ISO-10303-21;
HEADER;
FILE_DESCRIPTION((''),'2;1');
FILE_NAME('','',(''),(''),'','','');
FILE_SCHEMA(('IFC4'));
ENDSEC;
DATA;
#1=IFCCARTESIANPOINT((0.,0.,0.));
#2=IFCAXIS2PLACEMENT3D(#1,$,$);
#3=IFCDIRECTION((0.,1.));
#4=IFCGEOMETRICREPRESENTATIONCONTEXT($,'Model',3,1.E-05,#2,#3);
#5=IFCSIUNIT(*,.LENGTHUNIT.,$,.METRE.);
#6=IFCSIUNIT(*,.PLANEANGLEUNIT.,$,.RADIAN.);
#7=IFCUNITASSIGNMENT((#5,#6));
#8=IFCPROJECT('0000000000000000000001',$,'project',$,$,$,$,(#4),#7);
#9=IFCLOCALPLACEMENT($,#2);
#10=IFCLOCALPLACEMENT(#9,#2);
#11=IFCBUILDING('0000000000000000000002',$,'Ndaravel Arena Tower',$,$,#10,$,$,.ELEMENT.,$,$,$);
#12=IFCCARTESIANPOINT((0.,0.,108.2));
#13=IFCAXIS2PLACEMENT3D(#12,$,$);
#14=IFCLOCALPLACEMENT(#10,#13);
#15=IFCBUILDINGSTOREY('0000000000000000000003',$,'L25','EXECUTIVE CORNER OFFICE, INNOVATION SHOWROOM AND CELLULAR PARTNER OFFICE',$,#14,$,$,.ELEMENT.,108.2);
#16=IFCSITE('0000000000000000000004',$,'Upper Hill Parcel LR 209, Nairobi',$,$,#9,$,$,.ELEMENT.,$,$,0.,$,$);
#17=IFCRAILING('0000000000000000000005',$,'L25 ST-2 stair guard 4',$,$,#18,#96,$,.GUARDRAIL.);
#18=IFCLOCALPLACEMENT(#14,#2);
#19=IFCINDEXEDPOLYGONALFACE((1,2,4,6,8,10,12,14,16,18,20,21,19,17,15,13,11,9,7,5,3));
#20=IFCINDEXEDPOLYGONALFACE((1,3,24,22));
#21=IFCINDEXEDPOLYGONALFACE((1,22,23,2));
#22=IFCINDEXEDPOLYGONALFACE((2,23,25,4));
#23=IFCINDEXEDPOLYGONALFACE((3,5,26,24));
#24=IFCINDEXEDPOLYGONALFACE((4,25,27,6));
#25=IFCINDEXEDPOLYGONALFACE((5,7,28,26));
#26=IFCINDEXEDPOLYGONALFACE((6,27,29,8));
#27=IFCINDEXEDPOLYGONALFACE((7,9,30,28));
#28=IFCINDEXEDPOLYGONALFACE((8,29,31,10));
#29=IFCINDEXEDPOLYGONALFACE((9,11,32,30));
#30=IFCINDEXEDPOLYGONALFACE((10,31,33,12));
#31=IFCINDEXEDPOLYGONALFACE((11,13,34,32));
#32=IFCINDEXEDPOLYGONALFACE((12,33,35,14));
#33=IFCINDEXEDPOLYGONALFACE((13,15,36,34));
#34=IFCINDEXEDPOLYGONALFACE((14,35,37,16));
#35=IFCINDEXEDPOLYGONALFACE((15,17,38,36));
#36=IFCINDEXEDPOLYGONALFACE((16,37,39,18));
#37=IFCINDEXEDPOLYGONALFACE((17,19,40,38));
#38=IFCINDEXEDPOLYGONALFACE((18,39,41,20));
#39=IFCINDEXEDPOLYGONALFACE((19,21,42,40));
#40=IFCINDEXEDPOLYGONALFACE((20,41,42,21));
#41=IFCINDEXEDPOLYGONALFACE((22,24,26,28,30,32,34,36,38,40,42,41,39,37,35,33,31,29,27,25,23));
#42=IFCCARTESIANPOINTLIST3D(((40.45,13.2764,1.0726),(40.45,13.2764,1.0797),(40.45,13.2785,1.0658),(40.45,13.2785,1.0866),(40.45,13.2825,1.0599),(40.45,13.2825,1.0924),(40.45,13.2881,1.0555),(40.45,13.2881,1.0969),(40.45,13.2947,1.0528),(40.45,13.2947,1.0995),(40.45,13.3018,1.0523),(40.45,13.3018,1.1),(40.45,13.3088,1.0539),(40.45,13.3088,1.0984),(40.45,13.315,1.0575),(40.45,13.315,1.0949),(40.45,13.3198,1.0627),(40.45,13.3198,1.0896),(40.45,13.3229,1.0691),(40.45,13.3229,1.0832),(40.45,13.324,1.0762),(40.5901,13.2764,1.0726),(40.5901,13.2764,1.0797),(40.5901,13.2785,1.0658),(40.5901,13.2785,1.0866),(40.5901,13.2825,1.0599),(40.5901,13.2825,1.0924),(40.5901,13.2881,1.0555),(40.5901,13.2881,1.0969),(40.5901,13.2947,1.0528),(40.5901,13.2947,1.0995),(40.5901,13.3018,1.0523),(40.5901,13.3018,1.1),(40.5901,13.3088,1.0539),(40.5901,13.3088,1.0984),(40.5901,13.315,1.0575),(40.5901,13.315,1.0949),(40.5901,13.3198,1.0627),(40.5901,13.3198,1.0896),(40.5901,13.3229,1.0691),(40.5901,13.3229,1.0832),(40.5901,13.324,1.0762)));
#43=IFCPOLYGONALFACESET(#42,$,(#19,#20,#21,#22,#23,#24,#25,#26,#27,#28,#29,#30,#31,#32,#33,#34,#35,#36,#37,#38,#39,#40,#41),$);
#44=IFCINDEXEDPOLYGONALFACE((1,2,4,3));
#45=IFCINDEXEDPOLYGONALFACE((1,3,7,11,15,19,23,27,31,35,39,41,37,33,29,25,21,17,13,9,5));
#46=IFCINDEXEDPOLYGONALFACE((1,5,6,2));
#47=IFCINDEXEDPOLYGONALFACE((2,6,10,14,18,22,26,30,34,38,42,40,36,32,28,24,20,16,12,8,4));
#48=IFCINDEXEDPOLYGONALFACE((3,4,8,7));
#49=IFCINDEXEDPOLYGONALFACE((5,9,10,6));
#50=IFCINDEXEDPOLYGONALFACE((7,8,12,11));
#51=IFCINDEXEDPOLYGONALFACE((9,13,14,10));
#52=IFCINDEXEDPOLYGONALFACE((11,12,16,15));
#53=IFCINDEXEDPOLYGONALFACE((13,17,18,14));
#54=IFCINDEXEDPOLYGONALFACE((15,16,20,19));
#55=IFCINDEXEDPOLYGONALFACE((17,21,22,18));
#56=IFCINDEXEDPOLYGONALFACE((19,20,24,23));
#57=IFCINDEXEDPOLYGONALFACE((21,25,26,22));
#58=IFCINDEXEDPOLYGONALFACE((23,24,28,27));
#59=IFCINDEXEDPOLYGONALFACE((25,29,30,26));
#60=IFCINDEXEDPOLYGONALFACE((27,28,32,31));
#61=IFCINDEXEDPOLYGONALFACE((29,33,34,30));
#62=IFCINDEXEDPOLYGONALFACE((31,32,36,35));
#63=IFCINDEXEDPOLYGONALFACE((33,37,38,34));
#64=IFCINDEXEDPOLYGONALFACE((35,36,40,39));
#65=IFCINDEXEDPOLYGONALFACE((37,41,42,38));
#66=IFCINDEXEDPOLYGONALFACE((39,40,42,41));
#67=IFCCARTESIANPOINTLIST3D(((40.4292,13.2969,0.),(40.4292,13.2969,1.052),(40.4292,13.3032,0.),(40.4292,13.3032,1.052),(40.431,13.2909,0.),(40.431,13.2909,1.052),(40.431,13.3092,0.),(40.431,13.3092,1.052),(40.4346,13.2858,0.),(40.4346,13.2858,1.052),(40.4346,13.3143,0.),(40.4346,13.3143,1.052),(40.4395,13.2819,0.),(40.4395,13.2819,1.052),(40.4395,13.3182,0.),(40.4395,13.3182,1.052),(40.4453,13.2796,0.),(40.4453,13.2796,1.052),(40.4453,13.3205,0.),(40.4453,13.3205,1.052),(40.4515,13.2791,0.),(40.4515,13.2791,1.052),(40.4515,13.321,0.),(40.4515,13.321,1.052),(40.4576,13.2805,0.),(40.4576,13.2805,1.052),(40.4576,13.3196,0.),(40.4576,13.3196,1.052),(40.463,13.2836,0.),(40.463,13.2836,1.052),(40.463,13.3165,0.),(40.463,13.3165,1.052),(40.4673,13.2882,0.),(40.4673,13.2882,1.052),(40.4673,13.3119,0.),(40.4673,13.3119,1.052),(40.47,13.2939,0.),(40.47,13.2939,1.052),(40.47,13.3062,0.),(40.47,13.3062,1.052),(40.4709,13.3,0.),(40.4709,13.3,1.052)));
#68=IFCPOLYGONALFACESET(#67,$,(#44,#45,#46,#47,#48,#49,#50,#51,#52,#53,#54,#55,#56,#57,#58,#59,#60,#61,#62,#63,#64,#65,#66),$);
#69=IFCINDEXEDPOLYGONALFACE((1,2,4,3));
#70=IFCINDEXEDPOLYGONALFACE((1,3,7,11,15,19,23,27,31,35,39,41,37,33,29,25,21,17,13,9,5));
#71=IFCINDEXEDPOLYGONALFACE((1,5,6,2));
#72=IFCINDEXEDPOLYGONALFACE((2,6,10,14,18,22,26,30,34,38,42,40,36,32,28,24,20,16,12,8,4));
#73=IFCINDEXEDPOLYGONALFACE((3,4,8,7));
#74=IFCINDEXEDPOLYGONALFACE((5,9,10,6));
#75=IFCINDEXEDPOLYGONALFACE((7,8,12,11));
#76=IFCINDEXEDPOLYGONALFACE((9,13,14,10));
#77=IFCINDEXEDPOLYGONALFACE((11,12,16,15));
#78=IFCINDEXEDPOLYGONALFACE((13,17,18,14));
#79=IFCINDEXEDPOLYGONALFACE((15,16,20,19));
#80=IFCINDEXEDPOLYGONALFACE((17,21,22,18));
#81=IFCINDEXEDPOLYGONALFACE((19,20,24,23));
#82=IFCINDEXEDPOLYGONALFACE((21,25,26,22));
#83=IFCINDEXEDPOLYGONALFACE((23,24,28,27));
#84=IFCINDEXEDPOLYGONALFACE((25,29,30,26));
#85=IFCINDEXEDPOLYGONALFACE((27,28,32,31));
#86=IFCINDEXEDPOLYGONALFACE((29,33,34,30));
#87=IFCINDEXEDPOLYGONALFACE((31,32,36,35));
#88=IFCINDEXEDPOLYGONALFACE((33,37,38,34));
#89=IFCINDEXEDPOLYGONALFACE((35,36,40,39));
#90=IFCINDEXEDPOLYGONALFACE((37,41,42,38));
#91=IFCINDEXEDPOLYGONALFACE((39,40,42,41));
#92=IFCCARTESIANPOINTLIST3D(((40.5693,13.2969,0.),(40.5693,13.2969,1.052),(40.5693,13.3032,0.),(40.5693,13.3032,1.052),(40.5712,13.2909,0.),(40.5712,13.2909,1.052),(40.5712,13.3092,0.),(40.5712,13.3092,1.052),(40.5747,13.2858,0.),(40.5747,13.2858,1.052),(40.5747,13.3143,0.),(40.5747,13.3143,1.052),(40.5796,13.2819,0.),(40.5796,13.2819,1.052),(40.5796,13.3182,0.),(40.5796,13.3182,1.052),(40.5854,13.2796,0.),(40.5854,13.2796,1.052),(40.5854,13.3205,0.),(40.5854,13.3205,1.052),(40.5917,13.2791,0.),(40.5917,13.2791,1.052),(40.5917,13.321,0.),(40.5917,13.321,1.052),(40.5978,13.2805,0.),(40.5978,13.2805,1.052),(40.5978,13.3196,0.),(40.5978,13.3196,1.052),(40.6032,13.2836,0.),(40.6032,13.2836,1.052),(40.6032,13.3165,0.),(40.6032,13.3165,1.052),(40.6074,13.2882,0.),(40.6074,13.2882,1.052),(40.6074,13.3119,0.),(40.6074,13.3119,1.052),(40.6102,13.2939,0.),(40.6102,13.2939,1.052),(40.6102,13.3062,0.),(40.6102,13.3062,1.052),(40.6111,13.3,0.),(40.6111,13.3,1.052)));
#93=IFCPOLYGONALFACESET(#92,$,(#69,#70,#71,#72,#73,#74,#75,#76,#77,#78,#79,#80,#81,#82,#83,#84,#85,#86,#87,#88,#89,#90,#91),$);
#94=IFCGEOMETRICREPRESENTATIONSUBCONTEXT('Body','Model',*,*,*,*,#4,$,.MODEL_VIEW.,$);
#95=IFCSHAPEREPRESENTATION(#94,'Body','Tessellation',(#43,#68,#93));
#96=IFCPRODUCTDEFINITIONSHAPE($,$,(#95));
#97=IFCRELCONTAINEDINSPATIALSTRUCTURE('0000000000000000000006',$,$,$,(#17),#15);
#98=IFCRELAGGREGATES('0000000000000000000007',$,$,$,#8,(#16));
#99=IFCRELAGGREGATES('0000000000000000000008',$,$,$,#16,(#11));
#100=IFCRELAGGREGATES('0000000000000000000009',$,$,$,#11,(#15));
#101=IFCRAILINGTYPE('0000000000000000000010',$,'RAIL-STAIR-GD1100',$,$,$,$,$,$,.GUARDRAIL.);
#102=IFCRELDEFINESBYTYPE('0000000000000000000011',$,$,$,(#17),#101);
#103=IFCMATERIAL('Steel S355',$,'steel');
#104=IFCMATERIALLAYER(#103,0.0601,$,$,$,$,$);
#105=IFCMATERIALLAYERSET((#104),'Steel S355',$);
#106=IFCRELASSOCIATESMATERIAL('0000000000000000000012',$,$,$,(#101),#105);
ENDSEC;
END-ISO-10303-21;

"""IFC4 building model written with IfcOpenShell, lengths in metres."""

from ifc_helpers import new_model, si_unit, direction, frame, origin, origin_2d, place, context, subcontext, project, spatial, circle, extrude, material, layer, layer_set, type_object, element, save


model = new_model("IFC4")

# Units and contexts
model_context = context("Model", 3, precision=1e-05, world=origin(), true_north=direction((0.0, 1.0)))
body_context = subcontext(model_context, "Body", "Model", "MODEL_VIEW")
ifc_project = project(units=[si_unit("LENGTHUNIT", "METRE"), si_unit("PLANEANGLEUNIT", "RADIAN")], contexts=[model_context])

# Site, building, storey
site_placement = place(None, origin())
site = spatial("IfcSite", under=ifc_project, at=site_placement, Name="Upper Hill Parcel LR 209, Nairobi", CompositionType="ELEMENT", RefElevation=0.0)
building_placement = place(site_placement, origin())
building = spatial("IfcBuilding", under=site, at=building_placement, Name="Ndaravel Arena Tower", CompositionType="ELEMENT")
storey_placement = place(building_placement, frame((0.0, 0.0, 108.2)))
storey = spatial("IfcBuildingStorey", under=building, at=storey_placement, Name="L25", Description="EXECUTIVE CORNER OFFICE, INNOVATION SHOWROOM AND CELLULAR PARTNER OFFICE", CompositionType="ELEMENT", Elevation=108.2)

# Railing
ifc_material_1 = material(Name="Steel S355", Category="steel")
ifc_layer_1 = layer(ifc_material_1, 0.0601)
ifc_layer_set_1 = layer_set([ifc_layer_1], Name="Steel S355")
railing_type_1 = type_object("IfcRailingType", Name="RAIL-STAIR-GD1100", PredefinedType="GUARDRAIL", material=ifc_layer_set_1)
railing_1_placement = place(storey_placement, frame((40.45, 13.3, 0.0)))
element("IfcRailing", 1, at=railing_1_placement, inside=storey, type_object=railing_type_1, Name="L25 ST-2 stair guard 4", PredefinedType="GUARDRAIL", context=body_context, shape_type="SweptSolid", body=[
    extrude(circle(Radius=0.0239, at=origin_2d()), frame((0.0, 0.0, 1.0762), z_axis=(1.0, 0.0, 0.0), x_axis=(0.0, 1.0, 0.0)), (0.0, 0.0, 1.0), 0.1401),
    extrude(circle(Radius=0.021, at=origin_2d()), origin(), (0.0, 0.0, 1.0), 1.052),
    extrude(circle(Radius=0.021, at=origin_2d()), frame((0.1401, 0.0, 0.0)), (0.0, 0.0, 1.0), 1.052),
])

save(model, "model.ifc")
